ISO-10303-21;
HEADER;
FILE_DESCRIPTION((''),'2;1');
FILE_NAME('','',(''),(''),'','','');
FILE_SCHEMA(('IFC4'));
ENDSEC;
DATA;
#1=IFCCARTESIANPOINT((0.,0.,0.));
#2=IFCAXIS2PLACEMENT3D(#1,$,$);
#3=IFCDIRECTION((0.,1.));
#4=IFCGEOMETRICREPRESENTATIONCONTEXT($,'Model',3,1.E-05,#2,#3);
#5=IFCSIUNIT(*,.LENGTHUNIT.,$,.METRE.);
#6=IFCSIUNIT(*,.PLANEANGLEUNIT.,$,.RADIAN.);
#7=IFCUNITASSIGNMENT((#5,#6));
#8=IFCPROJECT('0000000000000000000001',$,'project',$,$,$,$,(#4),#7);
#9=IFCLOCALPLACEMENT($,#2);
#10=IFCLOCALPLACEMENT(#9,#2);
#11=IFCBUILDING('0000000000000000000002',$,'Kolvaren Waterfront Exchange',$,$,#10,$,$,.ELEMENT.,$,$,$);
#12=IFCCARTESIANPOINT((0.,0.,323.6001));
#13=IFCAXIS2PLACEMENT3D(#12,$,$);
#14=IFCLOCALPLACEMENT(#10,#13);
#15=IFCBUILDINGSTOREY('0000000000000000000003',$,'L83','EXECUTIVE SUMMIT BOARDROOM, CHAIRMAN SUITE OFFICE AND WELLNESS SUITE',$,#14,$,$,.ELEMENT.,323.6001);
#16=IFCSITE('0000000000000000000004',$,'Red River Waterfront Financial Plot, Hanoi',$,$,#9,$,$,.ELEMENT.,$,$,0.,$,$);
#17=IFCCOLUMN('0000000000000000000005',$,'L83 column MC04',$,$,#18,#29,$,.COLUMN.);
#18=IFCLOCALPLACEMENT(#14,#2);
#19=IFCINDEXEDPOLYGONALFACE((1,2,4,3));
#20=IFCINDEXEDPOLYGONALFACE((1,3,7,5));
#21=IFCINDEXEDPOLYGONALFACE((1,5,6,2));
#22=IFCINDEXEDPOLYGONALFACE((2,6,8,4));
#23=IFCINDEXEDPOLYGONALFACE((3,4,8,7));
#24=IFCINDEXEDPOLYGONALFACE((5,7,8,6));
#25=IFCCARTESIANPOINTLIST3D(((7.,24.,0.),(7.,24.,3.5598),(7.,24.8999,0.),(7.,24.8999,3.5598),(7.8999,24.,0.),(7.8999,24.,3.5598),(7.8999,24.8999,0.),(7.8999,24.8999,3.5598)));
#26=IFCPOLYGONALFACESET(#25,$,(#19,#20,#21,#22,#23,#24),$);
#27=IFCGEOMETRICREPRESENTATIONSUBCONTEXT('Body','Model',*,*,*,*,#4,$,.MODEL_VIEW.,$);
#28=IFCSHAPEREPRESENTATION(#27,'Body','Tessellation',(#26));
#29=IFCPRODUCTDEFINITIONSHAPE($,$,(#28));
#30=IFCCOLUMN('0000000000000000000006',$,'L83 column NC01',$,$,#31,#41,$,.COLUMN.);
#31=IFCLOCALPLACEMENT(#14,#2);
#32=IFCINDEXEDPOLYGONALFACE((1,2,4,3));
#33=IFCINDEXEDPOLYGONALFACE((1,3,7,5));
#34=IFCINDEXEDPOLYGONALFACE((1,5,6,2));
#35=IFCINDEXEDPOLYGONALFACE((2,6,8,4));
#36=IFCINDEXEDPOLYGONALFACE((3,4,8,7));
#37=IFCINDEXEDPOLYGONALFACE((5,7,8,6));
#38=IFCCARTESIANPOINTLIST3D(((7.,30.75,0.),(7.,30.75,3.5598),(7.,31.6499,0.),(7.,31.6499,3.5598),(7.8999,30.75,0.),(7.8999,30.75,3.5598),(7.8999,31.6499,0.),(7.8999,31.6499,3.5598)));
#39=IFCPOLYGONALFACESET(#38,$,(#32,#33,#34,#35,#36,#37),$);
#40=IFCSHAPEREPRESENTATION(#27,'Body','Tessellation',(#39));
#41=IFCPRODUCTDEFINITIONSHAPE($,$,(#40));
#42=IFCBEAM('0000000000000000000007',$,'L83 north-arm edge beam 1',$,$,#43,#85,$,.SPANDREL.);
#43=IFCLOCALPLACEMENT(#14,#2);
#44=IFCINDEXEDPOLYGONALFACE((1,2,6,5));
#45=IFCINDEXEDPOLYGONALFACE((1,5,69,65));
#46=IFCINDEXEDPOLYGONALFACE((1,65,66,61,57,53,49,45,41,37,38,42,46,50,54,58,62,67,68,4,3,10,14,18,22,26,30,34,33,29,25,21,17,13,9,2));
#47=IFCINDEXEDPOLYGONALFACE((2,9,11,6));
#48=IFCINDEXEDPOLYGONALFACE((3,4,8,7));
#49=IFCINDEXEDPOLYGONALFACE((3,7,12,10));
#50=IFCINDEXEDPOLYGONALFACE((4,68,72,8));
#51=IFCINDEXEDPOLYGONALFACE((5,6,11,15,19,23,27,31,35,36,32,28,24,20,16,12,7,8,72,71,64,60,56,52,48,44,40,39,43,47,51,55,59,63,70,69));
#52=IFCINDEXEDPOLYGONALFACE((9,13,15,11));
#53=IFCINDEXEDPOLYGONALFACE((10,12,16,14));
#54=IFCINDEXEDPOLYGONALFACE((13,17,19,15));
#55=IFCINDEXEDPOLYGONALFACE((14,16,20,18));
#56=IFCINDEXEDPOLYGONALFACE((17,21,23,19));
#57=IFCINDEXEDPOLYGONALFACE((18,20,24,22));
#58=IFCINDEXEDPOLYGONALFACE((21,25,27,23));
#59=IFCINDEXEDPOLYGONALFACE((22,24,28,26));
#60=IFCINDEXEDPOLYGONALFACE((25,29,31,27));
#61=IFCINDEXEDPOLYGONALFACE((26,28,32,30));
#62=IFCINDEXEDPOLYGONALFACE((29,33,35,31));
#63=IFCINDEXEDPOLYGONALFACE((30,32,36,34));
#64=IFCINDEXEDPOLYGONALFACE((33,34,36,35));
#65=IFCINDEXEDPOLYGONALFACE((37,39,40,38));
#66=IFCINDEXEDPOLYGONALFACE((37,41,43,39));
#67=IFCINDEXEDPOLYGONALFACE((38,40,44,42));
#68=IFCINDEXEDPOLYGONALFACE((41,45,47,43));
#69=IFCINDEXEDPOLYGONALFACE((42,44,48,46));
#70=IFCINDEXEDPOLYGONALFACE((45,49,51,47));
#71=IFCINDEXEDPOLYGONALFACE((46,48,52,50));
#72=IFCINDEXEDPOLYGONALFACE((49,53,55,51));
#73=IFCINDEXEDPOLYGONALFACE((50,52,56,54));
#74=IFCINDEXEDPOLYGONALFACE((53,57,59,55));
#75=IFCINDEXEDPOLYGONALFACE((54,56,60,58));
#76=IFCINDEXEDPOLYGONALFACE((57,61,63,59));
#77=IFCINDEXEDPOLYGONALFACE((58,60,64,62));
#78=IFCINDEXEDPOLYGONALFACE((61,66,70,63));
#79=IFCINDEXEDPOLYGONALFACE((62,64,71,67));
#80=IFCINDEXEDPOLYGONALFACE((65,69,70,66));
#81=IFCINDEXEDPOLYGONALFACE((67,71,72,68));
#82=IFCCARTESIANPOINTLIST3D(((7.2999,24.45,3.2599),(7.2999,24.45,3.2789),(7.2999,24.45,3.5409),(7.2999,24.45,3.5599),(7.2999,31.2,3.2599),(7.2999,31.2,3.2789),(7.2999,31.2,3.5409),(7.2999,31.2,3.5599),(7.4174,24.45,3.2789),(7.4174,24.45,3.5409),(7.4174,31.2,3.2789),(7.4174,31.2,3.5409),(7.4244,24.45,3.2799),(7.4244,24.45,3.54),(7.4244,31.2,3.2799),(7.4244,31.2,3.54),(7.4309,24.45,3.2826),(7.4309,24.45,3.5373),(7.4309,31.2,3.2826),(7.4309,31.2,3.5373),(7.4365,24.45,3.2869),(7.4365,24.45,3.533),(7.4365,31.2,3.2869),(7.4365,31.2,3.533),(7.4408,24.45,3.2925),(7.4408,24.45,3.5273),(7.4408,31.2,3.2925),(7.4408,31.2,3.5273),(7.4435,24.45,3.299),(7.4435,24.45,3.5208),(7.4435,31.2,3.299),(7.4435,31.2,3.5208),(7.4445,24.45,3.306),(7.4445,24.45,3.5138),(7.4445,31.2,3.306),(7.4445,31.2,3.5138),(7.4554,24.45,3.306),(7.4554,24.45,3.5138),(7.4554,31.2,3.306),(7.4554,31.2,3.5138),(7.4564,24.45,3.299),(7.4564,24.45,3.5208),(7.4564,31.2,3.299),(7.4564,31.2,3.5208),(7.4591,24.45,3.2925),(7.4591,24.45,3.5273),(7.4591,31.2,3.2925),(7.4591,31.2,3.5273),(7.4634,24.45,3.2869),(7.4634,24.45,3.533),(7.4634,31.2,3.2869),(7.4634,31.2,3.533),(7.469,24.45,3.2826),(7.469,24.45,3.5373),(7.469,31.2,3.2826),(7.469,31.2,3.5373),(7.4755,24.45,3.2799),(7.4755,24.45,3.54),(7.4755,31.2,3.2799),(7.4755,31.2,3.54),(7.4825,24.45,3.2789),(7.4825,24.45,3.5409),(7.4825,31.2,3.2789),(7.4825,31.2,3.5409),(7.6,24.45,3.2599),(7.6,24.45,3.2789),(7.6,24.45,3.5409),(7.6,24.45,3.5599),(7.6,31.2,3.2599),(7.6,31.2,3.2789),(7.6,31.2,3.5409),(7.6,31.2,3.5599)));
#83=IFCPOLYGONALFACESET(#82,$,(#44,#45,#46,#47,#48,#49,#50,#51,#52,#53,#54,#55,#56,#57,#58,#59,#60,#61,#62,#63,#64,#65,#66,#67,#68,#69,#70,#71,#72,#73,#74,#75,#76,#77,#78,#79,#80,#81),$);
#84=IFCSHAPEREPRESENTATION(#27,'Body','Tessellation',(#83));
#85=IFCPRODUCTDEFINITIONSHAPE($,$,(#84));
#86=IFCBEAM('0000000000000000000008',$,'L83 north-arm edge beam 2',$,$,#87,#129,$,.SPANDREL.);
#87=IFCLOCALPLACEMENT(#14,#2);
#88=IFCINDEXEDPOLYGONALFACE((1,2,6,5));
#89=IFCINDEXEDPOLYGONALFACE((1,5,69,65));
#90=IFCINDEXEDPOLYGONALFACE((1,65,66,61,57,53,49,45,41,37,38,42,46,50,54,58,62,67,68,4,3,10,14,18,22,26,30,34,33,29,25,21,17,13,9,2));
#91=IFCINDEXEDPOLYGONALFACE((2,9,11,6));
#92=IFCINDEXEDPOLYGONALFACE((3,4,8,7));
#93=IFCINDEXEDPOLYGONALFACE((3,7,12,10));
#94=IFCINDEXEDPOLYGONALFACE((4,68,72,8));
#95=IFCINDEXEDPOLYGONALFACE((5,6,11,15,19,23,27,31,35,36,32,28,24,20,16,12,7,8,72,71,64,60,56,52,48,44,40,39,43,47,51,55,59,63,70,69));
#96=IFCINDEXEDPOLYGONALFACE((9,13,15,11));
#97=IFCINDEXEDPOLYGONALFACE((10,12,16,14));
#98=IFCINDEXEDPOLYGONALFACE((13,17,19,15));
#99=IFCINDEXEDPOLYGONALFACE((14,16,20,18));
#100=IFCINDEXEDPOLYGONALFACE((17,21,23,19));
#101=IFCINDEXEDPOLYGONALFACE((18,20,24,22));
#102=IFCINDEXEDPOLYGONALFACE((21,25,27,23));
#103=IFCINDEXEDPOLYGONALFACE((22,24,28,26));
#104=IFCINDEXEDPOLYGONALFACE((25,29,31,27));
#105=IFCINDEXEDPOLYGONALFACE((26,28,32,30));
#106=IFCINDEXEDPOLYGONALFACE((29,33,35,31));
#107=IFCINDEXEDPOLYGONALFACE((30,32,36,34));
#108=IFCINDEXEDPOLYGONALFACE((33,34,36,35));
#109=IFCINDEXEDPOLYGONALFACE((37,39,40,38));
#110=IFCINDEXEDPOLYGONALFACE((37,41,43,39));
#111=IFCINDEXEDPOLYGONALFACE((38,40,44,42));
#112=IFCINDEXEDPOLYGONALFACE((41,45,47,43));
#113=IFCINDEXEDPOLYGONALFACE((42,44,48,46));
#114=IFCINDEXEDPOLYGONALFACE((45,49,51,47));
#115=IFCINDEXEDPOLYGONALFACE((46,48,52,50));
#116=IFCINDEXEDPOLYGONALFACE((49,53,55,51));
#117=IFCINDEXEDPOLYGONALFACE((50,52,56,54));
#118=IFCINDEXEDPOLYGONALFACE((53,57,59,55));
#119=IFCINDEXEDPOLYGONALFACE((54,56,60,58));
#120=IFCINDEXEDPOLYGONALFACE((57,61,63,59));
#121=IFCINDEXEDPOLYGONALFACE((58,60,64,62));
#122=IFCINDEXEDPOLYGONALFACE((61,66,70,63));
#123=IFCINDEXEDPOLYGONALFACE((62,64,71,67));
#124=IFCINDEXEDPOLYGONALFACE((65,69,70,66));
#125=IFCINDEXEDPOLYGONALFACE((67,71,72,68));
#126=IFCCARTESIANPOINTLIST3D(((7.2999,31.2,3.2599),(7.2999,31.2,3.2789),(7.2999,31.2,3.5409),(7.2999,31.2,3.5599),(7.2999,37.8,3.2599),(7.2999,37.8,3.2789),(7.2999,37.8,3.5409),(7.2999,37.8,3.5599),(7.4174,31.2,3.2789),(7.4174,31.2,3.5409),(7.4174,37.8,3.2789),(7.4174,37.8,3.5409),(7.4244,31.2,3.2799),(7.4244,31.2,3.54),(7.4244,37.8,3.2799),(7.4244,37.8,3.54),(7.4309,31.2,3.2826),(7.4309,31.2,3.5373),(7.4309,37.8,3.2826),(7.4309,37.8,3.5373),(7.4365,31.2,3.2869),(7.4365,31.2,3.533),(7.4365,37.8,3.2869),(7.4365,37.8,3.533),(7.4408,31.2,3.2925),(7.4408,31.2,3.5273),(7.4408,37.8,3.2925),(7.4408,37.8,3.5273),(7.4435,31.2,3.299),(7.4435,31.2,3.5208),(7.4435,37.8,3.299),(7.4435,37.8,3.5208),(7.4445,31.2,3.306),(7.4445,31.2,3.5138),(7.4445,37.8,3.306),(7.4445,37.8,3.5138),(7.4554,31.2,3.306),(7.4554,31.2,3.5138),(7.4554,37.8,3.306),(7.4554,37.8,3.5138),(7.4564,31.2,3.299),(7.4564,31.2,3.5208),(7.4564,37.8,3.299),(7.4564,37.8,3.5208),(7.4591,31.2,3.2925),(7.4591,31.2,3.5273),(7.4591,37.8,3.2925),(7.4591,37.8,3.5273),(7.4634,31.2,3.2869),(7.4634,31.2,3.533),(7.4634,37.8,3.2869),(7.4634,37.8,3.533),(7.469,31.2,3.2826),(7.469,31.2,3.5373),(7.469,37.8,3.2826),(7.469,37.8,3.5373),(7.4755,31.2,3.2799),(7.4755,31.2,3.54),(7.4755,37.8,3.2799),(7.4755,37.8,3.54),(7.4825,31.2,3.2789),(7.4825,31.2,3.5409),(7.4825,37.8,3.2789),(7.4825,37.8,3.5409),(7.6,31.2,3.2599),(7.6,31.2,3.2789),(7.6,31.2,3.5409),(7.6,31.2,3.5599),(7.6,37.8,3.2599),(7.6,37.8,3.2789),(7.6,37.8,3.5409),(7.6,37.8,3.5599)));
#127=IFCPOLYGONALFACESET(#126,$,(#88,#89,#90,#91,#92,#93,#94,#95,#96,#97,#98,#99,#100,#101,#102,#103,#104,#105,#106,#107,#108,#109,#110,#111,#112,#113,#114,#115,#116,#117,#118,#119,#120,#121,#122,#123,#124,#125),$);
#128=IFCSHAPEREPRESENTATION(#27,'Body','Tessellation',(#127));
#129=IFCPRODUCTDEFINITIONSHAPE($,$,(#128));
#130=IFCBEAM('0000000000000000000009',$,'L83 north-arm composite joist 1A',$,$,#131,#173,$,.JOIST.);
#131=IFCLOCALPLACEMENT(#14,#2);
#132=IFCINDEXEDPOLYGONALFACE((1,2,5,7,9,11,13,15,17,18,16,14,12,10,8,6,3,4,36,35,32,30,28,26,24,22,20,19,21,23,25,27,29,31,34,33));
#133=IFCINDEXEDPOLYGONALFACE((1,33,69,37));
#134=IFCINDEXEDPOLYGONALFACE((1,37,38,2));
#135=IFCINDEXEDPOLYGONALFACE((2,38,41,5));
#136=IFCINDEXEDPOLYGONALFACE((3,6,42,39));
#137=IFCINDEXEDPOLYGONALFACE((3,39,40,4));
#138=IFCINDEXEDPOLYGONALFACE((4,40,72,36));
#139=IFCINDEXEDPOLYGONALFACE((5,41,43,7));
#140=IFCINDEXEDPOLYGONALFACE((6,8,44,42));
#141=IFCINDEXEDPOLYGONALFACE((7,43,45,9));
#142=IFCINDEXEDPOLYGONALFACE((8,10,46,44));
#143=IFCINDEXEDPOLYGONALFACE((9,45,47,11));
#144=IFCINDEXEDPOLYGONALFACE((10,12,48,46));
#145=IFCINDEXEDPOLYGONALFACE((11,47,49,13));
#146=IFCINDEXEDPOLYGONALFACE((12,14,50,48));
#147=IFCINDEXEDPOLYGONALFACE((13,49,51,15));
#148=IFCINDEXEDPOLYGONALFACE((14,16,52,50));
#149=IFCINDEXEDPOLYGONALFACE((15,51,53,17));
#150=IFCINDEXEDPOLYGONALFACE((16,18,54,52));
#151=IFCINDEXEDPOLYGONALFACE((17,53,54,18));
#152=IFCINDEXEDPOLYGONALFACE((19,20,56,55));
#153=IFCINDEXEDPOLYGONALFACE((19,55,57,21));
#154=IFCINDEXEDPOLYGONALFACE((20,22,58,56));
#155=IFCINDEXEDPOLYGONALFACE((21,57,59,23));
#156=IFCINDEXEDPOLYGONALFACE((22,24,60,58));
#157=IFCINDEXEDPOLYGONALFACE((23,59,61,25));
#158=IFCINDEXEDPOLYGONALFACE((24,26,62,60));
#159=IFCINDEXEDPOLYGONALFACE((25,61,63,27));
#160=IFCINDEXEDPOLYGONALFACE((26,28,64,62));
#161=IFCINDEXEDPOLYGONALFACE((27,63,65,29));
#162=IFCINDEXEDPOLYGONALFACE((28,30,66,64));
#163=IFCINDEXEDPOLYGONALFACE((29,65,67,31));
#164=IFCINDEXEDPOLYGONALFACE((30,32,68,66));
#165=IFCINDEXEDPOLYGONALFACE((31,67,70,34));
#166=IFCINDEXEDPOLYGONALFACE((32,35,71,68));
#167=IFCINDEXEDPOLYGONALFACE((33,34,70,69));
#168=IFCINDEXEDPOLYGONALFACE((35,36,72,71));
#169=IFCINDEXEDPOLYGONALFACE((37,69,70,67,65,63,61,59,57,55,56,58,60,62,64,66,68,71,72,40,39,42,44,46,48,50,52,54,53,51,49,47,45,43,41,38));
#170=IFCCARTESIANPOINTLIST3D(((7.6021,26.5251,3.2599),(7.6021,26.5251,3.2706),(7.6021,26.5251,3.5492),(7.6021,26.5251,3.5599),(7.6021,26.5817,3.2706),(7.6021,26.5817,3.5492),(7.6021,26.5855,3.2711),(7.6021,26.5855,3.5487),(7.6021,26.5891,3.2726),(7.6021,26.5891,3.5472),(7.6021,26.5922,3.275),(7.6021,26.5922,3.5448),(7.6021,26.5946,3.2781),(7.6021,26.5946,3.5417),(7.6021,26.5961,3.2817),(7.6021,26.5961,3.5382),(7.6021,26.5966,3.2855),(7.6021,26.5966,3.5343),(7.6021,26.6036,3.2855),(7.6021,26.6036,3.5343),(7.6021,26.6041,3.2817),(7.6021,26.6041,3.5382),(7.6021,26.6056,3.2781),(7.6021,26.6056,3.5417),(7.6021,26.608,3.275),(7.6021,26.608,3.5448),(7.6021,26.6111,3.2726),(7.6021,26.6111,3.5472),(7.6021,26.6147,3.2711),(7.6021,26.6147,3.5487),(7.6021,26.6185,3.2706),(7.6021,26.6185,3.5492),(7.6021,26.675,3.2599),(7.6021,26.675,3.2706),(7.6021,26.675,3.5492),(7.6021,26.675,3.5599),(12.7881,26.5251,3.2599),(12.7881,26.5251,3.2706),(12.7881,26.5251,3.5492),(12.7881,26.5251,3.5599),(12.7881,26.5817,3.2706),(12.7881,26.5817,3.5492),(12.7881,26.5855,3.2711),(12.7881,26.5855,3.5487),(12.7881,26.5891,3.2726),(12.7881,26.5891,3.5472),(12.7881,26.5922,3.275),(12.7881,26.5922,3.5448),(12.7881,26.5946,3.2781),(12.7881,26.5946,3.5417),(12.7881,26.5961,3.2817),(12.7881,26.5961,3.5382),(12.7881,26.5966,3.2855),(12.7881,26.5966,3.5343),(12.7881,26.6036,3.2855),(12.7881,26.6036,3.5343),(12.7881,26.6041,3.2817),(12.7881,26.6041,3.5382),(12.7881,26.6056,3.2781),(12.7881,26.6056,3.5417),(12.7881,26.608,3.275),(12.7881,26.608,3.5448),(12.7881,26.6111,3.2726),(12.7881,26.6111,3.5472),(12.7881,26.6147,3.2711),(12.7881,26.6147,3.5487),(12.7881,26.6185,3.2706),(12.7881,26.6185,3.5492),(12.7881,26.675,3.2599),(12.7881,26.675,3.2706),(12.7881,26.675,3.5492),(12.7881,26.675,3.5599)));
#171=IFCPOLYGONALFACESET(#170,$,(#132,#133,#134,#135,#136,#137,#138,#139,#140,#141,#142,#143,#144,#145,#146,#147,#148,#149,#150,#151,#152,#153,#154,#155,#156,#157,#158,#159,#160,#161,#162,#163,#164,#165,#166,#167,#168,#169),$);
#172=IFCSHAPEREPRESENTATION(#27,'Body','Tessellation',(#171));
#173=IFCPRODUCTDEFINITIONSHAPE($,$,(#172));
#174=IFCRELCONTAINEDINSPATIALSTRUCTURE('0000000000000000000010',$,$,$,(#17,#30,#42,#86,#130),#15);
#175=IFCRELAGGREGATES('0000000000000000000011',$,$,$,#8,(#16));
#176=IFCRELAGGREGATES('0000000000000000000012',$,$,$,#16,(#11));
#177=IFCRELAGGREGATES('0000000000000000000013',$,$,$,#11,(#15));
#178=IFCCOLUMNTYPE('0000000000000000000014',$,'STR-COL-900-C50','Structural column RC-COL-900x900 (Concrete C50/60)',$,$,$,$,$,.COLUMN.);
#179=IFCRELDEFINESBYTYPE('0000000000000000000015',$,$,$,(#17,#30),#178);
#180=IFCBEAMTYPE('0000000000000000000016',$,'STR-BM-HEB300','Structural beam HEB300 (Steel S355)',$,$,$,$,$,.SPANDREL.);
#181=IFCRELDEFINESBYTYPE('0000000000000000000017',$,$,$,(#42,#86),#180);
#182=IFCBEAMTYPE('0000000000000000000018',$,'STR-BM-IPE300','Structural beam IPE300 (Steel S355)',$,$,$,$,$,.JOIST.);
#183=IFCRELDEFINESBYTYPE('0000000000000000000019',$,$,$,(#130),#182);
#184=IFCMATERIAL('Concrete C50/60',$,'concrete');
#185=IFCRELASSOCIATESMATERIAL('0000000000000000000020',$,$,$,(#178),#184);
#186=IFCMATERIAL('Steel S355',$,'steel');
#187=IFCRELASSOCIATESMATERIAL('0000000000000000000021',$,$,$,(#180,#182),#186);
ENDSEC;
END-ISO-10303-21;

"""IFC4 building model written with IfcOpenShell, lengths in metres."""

from ifc_helpers import new_model, si_unit, direction, frame, origin, origin_2d, place, context, subcontext, project, spatial, rectangle, i_section, extrude, material, material_profile, profile_set, type_object, element, save


model = new_model("IFC4")

# Units and contexts
model_context = context("Model", 3, precision=1e-05, world=origin(), true_north=direction((0.0, 1.0)))
body_context = subcontext(model_context, "Body", "Model", "MODEL_VIEW")
ifc_project = project(units=[si_unit("LENGTHUNIT", "METRE"), si_unit("PLANEANGLEUNIT", "RADIAN")], contexts=[model_context])

# Site, building, storey
site_placement = place(None, origin())
site = spatial("IfcSite", under=ifc_project, at=site_placement, Name="Red River Waterfront Financial Plot, Hanoi", CompositionType="ELEMENT", RefElevation=0.0)
building_placement = place(site_placement, origin())
building = spatial("IfcBuilding", under=site, at=building_placement, Name="Kolvaren Waterfront Exchange", CompositionType="ELEMENT")
storey_placement = place(building_placement, frame((0.0, 0.0, 323.6001)))
storey = spatial("IfcBuildingStorey", under=building, at=storey_placement, Name="L83", Description="EXECUTIVE SUMMIT BOARDROOM, CHAIRMAN SUITE OFFICE AND WELLNESS SUITE", CompositionType="ELEMENT", Elevation=323.6001)

# Columns
ifc_material_1 = material(Name="Concrete C50/60", Category="concrete")
ifc_material_profile_1 = material_profile(ifc_material_1, rectangle(XDim=0.8999, YDim=0.8999, at=origin_2d()), Name="RC-COL-900x900")
ifc_profile_set_1 = profile_set([ifc_material_profile_1], Name="Concrete C50/60")
column_type = type_object("IfcColumnType", Name="STR-COL-900-C50", Description="Structural column RC-COL-900x900 (Concrete C50/60)", PredefinedType="COLUMN", material=ifc_profile_set_1)
for number, where, z_axis, x_axis, name in (
    (1, (7.45, 24.45, 0.0), (0.0, 0.0, 1.0), (1.0, 0.0, 0.0), "L83 column MC04"),
    (2, (7.45, 31.2, 0.0), (0.0, 0.0, 1.0), (1.0, 0.0, 0.0), "L83 column NC01"),
):
    element("IfcColumn", number, at=place(storey_placement, frame(where, z_axis=z_axis, x_axis=x_axis)), inside=storey, type_object=column_type, Name=name, PredefinedType="COLUMN", context=body_context, shape_type="SweptSolid", body=[
        extrude(rectangle(XDim=0.8999, YDim=0.8999, at=origin_2d()), origin(), (0.0, 0.0, 1.0), 3.5598),
    ])

# Beams
ifc_material_2 = material(Name="Steel S355", Category="steel")
ifc_material_profile_2 = material_profile(ifc_material_2, i_section(OverallWidth=0.3, OverallDepth=0.3, WebThickness=0.011, FlangeThickness=0.019, FilletRadius=0.0271, at=origin_2d()), Name="HEB300")
ifc_profile_set_2 = profile_set([ifc_material_profile_2], Name="Steel S355")
beam_type_1 = type_object("IfcBeamType", Name="STR-BM-HEB300", Description="Structural beam HEB300 (Steel S355)", PredefinedType="SPANDREL", material=ifc_profile_set_2)
beam_1_placement = place(storey_placement, frame((7.45, 24.45, 3.4099), z_axis=(0.0, 1.0, 0.0), x_axis=(-1.0, 0.0, 0.0)))
element("IfcBeam", 3, at=beam_1_placement, inside=storey, type_object=beam_type_1, Name="L83 north-arm edge beam 1", PredefinedType="SPANDREL", context=body_context, shape_type="SweptSolid", body=[
    extrude(i_section(OverallWidth=0.3, OverallDepth=0.3, WebThickness=0.011, FlangeThickness=0.019, FilletRadius=0.0271, at=origin_2d()), origin(), (0.0, 0.0, 1.0), 6.75),
])
beam_2_placement = place(storey_placement, frame((7.45, 31.2, 3.4099), z_axis=(0.0, 1.0, 0.0), x_axis=(-1.0, 0.0, 0.0)))
element("IfcBeam", 4, at=beam_2_placement, inside=storey, type_object=beam_type_1, Name="L83 north-arm edge beam 2", PredefinedType="SPANDREL", context=body_context, shape_type="SweptSolid", body=[
    extrude(i_section(OverallWidth=0.3, OverallDepth=0.3, WebThickness=0.011, FlangeThickness=0.019, FilletRadius=0.0271, at=origin_2d()), origin(), (0.0, 0.0, 1.0), 6.6001),
])
ifc_material_profile_3 = material_profile(ifc_material_2, i_section(OverallWidth=0.1499, OverallDepth=0.3, WebThickness=0.0071, FlangeThickness=0.0107, FilletRadius=0.0149, at=origin_2d()), Name="IPE300")
ifc_profile_set_3 = profile_set([ifc_material_profile_3], Name="Steel S355")
beam_type_2 = type_object("IfcBeamType", Name="STR-BM-IPE300", Description="Structural beam IPE300 (Steel S355)", PredefinedType="JOIST", material=ifc_profile_set_3)
for number, where, z_axis, x_axis, name in (
    (5, (7.6021, 26.6001, 3.4099), (1.0, 0.0, 0.0), (0.0, 1.0, 0.0), "L83 north-arm composite joist 1A"),
):
    element("IfcBeam", number, at=place(storey_placement, frame(where, z_axis=z_axis, x_axis=x_axis)), inside=storey, type_object=beam_type_2, Name=name, PredefinedType="JOIST", context=body_context, shape_type="SweptSolid", body=[
        extrude(i_section(OverallWidth=0.1499, OverallDepth=0.3, WebThickness=0.0071, FlangeThickness=0.0107, FilletRadius=0.0149, at=origin_2d()), origin(), (0.0, 0.0, 1.0), 5.186),
    ])

save(model, "model.ifc")
